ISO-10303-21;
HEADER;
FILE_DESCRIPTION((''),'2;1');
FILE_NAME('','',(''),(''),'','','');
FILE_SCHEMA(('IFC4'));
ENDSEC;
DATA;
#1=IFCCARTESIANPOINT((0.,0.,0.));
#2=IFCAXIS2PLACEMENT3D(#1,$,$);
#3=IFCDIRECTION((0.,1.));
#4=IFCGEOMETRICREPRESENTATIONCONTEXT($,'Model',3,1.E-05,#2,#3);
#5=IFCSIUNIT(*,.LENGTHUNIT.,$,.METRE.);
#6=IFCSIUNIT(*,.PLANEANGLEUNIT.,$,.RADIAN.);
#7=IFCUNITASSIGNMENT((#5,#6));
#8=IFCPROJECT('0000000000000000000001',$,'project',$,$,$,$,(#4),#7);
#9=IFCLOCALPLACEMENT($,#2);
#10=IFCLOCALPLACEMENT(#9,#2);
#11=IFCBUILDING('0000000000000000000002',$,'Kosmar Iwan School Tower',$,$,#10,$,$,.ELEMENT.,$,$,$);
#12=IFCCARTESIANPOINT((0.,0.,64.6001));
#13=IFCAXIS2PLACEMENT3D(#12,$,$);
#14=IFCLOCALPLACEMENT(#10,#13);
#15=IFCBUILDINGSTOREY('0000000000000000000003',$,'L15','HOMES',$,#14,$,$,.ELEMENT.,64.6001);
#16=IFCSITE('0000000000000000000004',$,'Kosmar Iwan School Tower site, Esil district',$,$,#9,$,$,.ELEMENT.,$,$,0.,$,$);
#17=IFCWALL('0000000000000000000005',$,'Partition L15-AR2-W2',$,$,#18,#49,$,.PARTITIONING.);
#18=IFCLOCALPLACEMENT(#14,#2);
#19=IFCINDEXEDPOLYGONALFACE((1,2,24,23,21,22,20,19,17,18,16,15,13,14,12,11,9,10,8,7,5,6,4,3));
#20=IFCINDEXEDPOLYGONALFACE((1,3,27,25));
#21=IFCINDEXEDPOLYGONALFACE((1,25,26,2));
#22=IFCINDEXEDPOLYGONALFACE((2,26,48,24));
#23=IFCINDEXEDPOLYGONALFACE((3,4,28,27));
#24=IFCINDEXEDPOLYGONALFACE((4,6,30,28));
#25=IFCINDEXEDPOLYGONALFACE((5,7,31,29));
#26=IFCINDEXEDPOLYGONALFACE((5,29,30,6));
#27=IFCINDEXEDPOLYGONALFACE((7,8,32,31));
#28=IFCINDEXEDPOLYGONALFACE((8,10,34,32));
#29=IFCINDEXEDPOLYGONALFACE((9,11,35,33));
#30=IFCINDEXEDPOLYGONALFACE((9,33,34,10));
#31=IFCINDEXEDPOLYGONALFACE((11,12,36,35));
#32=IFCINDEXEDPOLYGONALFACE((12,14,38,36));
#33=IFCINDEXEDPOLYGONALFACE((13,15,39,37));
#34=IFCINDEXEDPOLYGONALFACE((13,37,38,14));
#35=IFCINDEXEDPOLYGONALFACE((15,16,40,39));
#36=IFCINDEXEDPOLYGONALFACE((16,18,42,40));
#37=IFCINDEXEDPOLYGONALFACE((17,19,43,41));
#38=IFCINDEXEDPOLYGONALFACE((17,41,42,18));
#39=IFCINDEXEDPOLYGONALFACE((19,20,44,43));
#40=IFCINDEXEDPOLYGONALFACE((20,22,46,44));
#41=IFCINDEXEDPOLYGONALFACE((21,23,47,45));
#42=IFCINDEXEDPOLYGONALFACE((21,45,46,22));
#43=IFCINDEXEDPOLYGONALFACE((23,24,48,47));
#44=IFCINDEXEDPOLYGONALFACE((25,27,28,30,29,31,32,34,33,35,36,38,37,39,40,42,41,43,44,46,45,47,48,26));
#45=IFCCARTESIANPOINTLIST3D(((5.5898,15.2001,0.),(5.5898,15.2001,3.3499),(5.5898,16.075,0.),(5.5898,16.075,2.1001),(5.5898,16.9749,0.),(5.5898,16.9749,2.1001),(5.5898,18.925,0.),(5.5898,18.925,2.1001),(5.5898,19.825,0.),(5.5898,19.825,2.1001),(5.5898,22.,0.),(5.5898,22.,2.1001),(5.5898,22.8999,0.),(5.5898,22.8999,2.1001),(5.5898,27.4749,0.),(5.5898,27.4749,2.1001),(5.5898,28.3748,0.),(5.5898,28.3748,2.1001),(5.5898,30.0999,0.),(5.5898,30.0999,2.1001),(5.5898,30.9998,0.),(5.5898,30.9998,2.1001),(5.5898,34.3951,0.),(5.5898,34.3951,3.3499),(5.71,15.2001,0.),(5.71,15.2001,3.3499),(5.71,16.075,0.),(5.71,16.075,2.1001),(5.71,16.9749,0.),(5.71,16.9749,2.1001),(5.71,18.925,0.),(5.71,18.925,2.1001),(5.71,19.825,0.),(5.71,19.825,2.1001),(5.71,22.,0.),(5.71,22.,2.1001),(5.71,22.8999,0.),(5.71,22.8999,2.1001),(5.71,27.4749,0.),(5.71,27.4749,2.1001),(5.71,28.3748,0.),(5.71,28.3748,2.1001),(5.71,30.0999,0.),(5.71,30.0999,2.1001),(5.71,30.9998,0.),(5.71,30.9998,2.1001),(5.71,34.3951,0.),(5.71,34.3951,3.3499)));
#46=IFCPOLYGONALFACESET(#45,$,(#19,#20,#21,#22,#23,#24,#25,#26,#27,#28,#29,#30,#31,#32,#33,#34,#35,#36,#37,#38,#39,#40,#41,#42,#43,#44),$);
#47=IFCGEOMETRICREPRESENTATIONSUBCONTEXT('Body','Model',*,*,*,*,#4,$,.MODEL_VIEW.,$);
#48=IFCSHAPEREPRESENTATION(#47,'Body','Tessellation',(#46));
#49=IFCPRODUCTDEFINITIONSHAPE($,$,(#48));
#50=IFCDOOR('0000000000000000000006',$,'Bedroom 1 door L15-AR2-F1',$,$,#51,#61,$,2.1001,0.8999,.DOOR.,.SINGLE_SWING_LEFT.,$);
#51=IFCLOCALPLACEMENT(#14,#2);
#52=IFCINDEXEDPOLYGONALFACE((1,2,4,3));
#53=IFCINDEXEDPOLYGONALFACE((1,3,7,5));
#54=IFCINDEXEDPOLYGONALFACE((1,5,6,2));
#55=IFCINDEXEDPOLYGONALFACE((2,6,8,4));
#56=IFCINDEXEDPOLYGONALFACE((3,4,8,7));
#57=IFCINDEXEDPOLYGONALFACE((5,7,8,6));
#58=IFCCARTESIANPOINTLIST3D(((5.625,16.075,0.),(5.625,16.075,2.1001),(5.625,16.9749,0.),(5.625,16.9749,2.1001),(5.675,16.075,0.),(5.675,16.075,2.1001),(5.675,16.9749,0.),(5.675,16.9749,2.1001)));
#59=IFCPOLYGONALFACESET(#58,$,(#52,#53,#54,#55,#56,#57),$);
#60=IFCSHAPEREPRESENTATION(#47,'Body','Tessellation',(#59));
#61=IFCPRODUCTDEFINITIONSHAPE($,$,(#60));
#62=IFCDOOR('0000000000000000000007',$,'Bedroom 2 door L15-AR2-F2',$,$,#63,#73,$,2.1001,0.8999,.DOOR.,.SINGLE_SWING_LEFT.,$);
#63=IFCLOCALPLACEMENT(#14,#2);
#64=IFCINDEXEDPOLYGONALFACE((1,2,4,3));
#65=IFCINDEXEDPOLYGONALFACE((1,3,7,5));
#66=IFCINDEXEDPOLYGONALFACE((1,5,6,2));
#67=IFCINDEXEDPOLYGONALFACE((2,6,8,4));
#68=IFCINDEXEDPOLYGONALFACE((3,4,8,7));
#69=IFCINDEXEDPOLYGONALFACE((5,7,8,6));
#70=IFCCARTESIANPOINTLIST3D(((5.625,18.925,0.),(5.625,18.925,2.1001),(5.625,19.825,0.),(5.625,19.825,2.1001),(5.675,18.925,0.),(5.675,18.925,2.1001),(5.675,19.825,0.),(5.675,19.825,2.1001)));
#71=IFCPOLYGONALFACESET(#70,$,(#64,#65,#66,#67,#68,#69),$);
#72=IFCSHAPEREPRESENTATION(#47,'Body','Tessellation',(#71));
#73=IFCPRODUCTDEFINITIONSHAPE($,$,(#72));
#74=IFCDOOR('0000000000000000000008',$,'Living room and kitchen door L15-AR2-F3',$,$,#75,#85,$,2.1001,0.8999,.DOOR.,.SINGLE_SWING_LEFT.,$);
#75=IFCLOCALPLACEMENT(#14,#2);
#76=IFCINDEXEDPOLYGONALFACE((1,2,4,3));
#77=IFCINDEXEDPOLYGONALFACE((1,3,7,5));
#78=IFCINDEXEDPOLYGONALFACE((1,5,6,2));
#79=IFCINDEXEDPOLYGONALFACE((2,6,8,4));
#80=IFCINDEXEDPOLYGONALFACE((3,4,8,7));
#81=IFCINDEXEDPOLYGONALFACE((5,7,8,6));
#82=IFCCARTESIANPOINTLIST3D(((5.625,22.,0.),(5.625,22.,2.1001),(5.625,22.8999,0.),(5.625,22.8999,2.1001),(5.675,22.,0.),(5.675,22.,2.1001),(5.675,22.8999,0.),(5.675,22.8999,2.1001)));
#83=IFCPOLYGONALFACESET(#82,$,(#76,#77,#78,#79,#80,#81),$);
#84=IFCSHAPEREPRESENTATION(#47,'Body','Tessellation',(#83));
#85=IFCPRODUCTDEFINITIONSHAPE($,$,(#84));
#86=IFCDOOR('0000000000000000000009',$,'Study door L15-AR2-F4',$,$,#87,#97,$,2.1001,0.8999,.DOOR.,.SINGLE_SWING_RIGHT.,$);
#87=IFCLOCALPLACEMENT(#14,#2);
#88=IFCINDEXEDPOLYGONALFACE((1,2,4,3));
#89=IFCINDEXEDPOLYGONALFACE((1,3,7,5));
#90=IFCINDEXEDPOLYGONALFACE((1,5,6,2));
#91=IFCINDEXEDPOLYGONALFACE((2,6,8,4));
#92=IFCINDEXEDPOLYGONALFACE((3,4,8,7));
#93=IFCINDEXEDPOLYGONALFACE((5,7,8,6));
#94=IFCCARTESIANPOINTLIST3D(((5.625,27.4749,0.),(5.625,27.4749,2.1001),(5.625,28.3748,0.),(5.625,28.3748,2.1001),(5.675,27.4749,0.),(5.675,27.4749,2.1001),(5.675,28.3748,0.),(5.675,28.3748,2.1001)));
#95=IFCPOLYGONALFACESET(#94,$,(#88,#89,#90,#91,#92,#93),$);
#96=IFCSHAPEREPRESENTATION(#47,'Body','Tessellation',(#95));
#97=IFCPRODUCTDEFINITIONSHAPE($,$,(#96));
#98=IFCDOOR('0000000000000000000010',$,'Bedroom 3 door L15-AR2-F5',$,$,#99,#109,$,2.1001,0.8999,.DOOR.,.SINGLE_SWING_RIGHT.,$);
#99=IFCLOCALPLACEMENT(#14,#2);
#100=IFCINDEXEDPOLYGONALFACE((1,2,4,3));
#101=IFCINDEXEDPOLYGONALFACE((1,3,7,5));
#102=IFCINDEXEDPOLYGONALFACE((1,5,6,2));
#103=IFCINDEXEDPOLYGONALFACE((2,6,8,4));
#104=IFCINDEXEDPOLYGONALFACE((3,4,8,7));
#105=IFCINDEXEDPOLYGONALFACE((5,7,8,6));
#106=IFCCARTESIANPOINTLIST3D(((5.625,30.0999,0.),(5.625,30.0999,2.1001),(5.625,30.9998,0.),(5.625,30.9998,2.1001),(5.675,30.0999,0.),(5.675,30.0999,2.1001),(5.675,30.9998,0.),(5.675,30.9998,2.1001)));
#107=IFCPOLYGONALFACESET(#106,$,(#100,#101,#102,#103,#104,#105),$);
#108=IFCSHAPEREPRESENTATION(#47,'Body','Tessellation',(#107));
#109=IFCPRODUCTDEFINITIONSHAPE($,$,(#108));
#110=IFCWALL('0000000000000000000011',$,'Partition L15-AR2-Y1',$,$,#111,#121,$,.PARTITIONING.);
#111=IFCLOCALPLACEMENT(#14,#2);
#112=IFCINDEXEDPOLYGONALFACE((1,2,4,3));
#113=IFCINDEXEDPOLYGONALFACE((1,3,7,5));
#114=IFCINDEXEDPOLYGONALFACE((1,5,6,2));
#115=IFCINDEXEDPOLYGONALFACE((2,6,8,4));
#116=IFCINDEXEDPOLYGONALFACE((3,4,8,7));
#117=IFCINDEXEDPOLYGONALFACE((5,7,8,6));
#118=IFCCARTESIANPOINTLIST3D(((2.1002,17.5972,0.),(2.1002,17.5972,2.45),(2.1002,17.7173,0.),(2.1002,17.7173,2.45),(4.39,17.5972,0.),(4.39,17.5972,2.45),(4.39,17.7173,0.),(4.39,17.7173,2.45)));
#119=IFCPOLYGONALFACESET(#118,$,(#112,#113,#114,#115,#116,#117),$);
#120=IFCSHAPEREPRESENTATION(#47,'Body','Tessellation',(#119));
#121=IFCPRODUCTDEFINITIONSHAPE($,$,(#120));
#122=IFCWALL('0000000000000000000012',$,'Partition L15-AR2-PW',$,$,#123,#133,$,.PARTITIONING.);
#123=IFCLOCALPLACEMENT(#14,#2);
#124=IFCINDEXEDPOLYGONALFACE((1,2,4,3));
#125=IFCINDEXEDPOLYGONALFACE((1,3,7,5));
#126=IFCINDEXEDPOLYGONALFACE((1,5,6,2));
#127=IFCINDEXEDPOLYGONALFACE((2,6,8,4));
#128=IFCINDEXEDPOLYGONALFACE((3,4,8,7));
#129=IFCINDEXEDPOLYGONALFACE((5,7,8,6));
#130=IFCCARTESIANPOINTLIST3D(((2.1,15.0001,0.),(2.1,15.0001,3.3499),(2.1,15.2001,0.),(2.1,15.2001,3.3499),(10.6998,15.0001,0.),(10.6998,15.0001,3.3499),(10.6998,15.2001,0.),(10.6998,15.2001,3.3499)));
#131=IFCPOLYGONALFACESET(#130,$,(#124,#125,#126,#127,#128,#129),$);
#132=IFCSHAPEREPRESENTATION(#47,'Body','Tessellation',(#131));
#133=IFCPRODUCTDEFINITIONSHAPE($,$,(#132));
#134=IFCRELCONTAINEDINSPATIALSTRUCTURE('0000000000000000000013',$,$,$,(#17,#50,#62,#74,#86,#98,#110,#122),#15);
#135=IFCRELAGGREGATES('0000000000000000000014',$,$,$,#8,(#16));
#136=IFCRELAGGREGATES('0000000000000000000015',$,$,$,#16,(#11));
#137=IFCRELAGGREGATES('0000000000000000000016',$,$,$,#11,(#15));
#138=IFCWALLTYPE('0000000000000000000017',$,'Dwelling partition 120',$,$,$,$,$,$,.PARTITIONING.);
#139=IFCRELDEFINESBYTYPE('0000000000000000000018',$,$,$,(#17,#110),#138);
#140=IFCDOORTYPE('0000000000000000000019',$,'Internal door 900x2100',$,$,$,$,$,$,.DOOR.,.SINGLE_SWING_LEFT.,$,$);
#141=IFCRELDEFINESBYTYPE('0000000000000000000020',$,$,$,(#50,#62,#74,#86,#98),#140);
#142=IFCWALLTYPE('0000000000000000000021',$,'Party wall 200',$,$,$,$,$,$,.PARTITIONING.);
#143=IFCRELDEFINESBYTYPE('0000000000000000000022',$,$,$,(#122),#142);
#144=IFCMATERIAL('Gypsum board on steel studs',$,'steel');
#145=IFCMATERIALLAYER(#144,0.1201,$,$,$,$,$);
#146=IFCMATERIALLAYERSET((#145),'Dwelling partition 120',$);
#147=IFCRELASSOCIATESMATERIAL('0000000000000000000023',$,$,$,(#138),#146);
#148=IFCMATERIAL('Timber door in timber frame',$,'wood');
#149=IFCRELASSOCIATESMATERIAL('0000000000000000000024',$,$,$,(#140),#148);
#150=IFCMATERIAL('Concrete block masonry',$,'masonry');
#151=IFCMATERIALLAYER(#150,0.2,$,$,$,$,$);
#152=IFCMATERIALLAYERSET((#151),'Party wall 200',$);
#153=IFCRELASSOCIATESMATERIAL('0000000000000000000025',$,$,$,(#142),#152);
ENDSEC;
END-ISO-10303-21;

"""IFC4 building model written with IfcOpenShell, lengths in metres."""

from ifc_helpers import new_model, si_unit, direction, frame, frame_2d, origin, place, context, subcontext, project, spatial, rectangle, extrude, material, layer, layer_set, type_object, element, fill, save


model = new_model("IFC4")

# Units and contexts
model_context = context("Model", 3, precision=1e-05, world=origin(), true_north=direction((0.0, 1.0)))
body_context = subcontext(model_context, "Body", "Model", "MODEL_VIEW")
ifc_project = project(units=[si_unit("LENGTHUNIT", "METRE"), si_unit("PLANEANGLEUNIT", "RADIAN")], contexts=[model_context])

# Site, building, storey
site_placement = place(None, origin())
site = spatial("IfcSite", under=ifc_project, at=site_placement, Name="Kosmar Iwan School Tower site, Esil district", CompositionType="ELEMENT", RefElevation=0.0)
building_placement = place(site_placement, origin())
building = spatial("IfcBuilding", under=site, at=building_placement, Name="Kosmar Iwan School Tower", CompositionType="ELEMENT")
storey_placement = place(building_placement, frame((0.0, 0.0, 64.6001)))
storey = spatial("IfcBuildingStorey", under=building, at=storey_placement, Name="L15", Description="HOMES", CompositionType="ELEMENT", Elevation=64.6001)

# Shared definitions
ifc_material_1 = material(Name="Gypsum board on steel studs", Category="steel")
ifc_layer_1 = layer(ifc_material_1, 0.1201)
ifc_layer_set_1 = layer_set([ifc_layer_1], Name="Dwelling partition 120")
wall_type_1 = type_object("IfcWallType", Name="Dwelling partition 120", PredefinedType="PARTITIONING", material=ifc_layer_set_1)
ifc_material_2 = material(Name="Timber door in timber frame", Category="wood")
door_type_1 = type_object("IfcDoorType", Name="Internal door 900x2100", OperationType="SINGLE_SWING_LEFT", PredefinedType="DOOR", material=ifc_material_2)

# Wall, openings, doors
wall_1_placement = place(storey_placement, frame((5.6499, 15.2, 0.0), z_axis=(0.0, 0.0, 1.0), x_axis=(0.0, 1.0, 0.0)))
wall_1 = element("IfcWall", 1, at=wall_1_placement, inside=storey, type_object=wall_type_1, Name="Partition L15-AR2-W2", PredefinedType="PARTITIONING", context=body_context, shape_type="SweptSolid", body=[
    extrude(rectangle(XDim=19.1951, YDim=0.1201, at=frame_2d((9.5977, 0.0))), origin(), (0.0, 0.0, 1.0), 3.3499),
])
opening_1_placement = place(wall_1_placement, frame((0.875, 0.0, 0.0)))
opening_1 = element("IfcOpeningElement", 2, at=opening_1_placement, cuts=wall_1, PredefinedType="OPENING", context=body_context, shape_type="SweptSolid", body=[
    extrude(rectangle(XDim=0.8999, YDim=2.1001, at=frame_2d((0.45, 1.05))), frame((0.0, 0.072, 0.0), z_axis=(0.0, -1.0, 0.0), x_axis=(1.0, 0.0, 0.0)), (0.0, 0.0, 1.0), 0.144),
])
opening_2_placement = place(wall_1_placement, frame((3.7251, 0.0, 0.0)))
opening_2 = element("IfcOpeningElement", 3, at=opening_2_placement, cuts=wall_1, PredefinedType="OPENING", context=body_context, shape_type="SweptSolid", body=[
    extrude(rectangle(XDim=0.8999, YDim=2.1001, at=frame_2d((0.45, 1.05))), frame((0.0, 0.072, 0.0), z_axis=(0.0, -1.0, 0.0), x_axis=(1.0, 0.0, 0.0)), (0.0, 0.0, 1.0), 0.144),
])
opening_3_placement = place(wall_1_placement, frame((6.8, 0.0, 0.0)))
opening_3 = element("IfcOpeningElement", 4, at=opening_3_placement, cuts=wall_1, PredefinedType="OPENING", context=body_context, shape_type="SweptSolid", body=[
    extrude(rectangle(XDim=0.8999, YDim=2.1001, at=frame_2d((0.45, 1.05))), frame((0.0, 0.072, 0.0), z_axis=(0.0, -1.0, 0.0), x_axis=(1.0, 0.0, 0.0)), (0.0, 0.0, 1.0), 0.144),
])
opening_4_placement = place(wall_1_placement, frame((12.2749, 0.0, 0.0)))
opening_4 = element("IfcOpeningElement", 5, at=opening_4_placement, cuts=wall_1, PredefinedType="OPENING", context=body_context, shape_type="SweptSolid", body=[
    extrude(rectangle(XDim=0.8999, YDim=2.1001, at=frame_2d((0.45, 1.05))), frame((0.0, 0.072, 0.0), z_axis=(0.0, -1.0, 0.0), x_axis=(1.0, 0.0, 0.0)), (0.0, 0.0, 1.0), 0.144),
])
opening_5_placement = place(wall_1_placement, frame((14.8999, 0.0, 0.0)))
opening_5 = element("IfcOpeningElement", 6, at=opening_5_placement, cuts=wall_1, PredefinedType="OPENING", context=body_context, shape_type="SweptSolid", body=[
    extrude(rectangle(XDim=0.8999, YDim=2.1001, at=frame_2d((0.45, 1.05))), frame((0.0, 0.072, 0.0), z_axis=(0.0, -1.0, 0.0), x_axis=(1.0, 0.0, 0.0)), (0.0, 0.0, 1.0), 0.144),
])
door_1_placement = place(opening_1_placement, origin())
door_1 = element("IfcDoor", 7, at=door_1_placement, inside=storey, type_object=door_type_1, Name="Bedroom 1 door L15-AR2-F1", OperationType="SINGLE_SWING_LEFT", OverallHeight=2.1001, OverallWidth=0.8999, PredefinedType="DOOR", context=body_context, shape_type="SweptSolid", body=[
    extrude(rectangle(XDim=0.8999, YDim=2.1001, at=frame_2d((0.45, 1.05))), frame((0.0, 0.0249, 0.0), z_axis=(0.0, -1.0, 0.0), x_axis=(1.0, 0.0, 0.0)), (0.0, 0.0, 1.0), 0.05),
])
fill(opening_1, door_1)
door_2_placement = place(opening_2_placement, origin())
door_2 = element("IfcDoor", 8, at=door_2_placement, inside=storey, type_object=door_type_1, Name="Bedroom 2 door L15-AR2-F2", OperationType="SINGLE_SWING_LEFT", OverallHeight=2.1001, OverallWidth=0.8999, PredefinedType="DOOR", context=body_context, shape_type="SweptSolid", body=[
    extrude(rectangle(XDim=0.8999, YDim=2.1001, at=frame_2d((0.45, 1.05))), frame((0.0, 0.0249, 0.0), z_axis=(0.0, -1.0, 0.0), x_axis=(1.0, 0.0, 0.0)), (0.0, 0.0, 1.0), 0.05),
])
fill(opening_2, door_2)
door_3_placement = place(opening_3_placement, origin())
door_3 = element("IfcDoor", 9, at=door_3_placement, inside=storey, type_object=door_type_1, Name="Living room and kitchen door L15-AR2-F3", OperationType="SINGLE_SWING_LEFT", OverallHeight=2.1001, OverallWidth=0.8999, PredefinedType="DOOR", context=body_context, shape_type="SweptSolid", body=[
    extrude(rectangle(XDim=0.8999, YDim=2.1001, at=frame_2d((0.45, 1.05))), frame((0.0, 0.0249, 0.0), z_axis=(0.0, -1.0, 0.0), x_axis=(1.0, 0.0, 0.0)), (0.0, 0.0, 1.0), 0.05),
])
fill(opening_3, door_3)
door_4_placement = place(opening_4_placement, origin())
door_4 = element("IfcDoor", 10, at=door_4_placement, inside=storey, type_object=door_type_1, Name="Study door L15-AR2-F4", OperationType="SINGLE_SWING_RIGHT", OverallHeight=2.1001, OverallWidth=0.8999, PredefinedType="DOOR", context=body_context, shape_type="SweptSolid", body=[
    extrude(rectangle(XDim=0.8999, YDim=2.1001, at=frame_2d((0.45, 1.05))), frame((0.0, 0.0249, 0.0), z_axis=(0.0, -1.0, 0.0), x_axis=(1.0, 0.0, 0.0)), (0.0, 0.0, 1.0), 0.05),
])
fill(opening_4, door_4)
door_5_placement = place(opening_5_placement, origin())
door_5 = element("IfcDoor", 11, at=door_5_placement, inside=storey, type_object=door_type_1, Name="Bedroom 3 door L15-AR2-F5", OperationType="SINGLE_SWING_RIGHT", OverallHeight=2.1001, OverallWidth=0.8999, PredefinedType="DOOR", context=body_context, shape_type="SweptSolid", body=[
    extrude(rectangle(XDim=0.8999, YDim=2.1001, at=frame_2d((0.45, 1.05))), frame((0.0, 0.0249, 0.0), z_axis=(0.0, -1.0, 0.0), x_axis=(1.0, 0.0, 0.0)), (0.0, 0.0, 1.0), 0.05),
])
fill(opening_5, door_5)

# Walls
wall_2_placement = place(storey_placement, frame((2.1001, 17.6572, 0.0), z_axis=(0.0, 0.0, 1.0), x_axis=(1.0, 0.0, 0.0)))
element("IfcWall", 12, at=wall_2_placement, inside=storey, type_object=wall_type_1, Name="Partition L15-AR2-Y1", PredefinedType="PARTITIONING", context=body_context, shape_type="SweptSolid", body=[
    extrude(rectangle(XDim=2.2898, YDim=0.1201, at=frame_2d((1.145, 0.0))), origin(), (0.0, 0.0, 1.0), 2.45),
])
ifc_material_3 = material(Name="Concrete block masonry", Category="masonry")
ifc_layer_2 = layer(ifc_material_3, 0.2)
ifc_layer_set_2 = layer_set([ifc_layer_2], Name="Party wall 200")
wall_type_2 = type_object("IfcWallType", Name="Party wall 200", PredefinedType="PARTITIONING", material=ifc_layer_set_2)
wall_3_placement = place(storey_placement, frame((2.1001, 15.1001, 0.0), z_axis=(0.0, 0.0, 1.0), x_axis=(1.0, 0.0, 0.0)))
element("IfcWall", 13, at=wall_3_placement, inside=storey, type_object=wall_type_2, Name="Partition L15-AR2-PW", PredefinedType="PARTITIONING", context=body_context, shape_type="SweptSolid", body=[
    extrude(rectangle(XDim=8.5999, YDim=0.2, at=frame_2d((4.2998, 0.0))), origin(), (0.0, 0.0, 1.0), 3.3499),
])

save(model, "model.ifc")
